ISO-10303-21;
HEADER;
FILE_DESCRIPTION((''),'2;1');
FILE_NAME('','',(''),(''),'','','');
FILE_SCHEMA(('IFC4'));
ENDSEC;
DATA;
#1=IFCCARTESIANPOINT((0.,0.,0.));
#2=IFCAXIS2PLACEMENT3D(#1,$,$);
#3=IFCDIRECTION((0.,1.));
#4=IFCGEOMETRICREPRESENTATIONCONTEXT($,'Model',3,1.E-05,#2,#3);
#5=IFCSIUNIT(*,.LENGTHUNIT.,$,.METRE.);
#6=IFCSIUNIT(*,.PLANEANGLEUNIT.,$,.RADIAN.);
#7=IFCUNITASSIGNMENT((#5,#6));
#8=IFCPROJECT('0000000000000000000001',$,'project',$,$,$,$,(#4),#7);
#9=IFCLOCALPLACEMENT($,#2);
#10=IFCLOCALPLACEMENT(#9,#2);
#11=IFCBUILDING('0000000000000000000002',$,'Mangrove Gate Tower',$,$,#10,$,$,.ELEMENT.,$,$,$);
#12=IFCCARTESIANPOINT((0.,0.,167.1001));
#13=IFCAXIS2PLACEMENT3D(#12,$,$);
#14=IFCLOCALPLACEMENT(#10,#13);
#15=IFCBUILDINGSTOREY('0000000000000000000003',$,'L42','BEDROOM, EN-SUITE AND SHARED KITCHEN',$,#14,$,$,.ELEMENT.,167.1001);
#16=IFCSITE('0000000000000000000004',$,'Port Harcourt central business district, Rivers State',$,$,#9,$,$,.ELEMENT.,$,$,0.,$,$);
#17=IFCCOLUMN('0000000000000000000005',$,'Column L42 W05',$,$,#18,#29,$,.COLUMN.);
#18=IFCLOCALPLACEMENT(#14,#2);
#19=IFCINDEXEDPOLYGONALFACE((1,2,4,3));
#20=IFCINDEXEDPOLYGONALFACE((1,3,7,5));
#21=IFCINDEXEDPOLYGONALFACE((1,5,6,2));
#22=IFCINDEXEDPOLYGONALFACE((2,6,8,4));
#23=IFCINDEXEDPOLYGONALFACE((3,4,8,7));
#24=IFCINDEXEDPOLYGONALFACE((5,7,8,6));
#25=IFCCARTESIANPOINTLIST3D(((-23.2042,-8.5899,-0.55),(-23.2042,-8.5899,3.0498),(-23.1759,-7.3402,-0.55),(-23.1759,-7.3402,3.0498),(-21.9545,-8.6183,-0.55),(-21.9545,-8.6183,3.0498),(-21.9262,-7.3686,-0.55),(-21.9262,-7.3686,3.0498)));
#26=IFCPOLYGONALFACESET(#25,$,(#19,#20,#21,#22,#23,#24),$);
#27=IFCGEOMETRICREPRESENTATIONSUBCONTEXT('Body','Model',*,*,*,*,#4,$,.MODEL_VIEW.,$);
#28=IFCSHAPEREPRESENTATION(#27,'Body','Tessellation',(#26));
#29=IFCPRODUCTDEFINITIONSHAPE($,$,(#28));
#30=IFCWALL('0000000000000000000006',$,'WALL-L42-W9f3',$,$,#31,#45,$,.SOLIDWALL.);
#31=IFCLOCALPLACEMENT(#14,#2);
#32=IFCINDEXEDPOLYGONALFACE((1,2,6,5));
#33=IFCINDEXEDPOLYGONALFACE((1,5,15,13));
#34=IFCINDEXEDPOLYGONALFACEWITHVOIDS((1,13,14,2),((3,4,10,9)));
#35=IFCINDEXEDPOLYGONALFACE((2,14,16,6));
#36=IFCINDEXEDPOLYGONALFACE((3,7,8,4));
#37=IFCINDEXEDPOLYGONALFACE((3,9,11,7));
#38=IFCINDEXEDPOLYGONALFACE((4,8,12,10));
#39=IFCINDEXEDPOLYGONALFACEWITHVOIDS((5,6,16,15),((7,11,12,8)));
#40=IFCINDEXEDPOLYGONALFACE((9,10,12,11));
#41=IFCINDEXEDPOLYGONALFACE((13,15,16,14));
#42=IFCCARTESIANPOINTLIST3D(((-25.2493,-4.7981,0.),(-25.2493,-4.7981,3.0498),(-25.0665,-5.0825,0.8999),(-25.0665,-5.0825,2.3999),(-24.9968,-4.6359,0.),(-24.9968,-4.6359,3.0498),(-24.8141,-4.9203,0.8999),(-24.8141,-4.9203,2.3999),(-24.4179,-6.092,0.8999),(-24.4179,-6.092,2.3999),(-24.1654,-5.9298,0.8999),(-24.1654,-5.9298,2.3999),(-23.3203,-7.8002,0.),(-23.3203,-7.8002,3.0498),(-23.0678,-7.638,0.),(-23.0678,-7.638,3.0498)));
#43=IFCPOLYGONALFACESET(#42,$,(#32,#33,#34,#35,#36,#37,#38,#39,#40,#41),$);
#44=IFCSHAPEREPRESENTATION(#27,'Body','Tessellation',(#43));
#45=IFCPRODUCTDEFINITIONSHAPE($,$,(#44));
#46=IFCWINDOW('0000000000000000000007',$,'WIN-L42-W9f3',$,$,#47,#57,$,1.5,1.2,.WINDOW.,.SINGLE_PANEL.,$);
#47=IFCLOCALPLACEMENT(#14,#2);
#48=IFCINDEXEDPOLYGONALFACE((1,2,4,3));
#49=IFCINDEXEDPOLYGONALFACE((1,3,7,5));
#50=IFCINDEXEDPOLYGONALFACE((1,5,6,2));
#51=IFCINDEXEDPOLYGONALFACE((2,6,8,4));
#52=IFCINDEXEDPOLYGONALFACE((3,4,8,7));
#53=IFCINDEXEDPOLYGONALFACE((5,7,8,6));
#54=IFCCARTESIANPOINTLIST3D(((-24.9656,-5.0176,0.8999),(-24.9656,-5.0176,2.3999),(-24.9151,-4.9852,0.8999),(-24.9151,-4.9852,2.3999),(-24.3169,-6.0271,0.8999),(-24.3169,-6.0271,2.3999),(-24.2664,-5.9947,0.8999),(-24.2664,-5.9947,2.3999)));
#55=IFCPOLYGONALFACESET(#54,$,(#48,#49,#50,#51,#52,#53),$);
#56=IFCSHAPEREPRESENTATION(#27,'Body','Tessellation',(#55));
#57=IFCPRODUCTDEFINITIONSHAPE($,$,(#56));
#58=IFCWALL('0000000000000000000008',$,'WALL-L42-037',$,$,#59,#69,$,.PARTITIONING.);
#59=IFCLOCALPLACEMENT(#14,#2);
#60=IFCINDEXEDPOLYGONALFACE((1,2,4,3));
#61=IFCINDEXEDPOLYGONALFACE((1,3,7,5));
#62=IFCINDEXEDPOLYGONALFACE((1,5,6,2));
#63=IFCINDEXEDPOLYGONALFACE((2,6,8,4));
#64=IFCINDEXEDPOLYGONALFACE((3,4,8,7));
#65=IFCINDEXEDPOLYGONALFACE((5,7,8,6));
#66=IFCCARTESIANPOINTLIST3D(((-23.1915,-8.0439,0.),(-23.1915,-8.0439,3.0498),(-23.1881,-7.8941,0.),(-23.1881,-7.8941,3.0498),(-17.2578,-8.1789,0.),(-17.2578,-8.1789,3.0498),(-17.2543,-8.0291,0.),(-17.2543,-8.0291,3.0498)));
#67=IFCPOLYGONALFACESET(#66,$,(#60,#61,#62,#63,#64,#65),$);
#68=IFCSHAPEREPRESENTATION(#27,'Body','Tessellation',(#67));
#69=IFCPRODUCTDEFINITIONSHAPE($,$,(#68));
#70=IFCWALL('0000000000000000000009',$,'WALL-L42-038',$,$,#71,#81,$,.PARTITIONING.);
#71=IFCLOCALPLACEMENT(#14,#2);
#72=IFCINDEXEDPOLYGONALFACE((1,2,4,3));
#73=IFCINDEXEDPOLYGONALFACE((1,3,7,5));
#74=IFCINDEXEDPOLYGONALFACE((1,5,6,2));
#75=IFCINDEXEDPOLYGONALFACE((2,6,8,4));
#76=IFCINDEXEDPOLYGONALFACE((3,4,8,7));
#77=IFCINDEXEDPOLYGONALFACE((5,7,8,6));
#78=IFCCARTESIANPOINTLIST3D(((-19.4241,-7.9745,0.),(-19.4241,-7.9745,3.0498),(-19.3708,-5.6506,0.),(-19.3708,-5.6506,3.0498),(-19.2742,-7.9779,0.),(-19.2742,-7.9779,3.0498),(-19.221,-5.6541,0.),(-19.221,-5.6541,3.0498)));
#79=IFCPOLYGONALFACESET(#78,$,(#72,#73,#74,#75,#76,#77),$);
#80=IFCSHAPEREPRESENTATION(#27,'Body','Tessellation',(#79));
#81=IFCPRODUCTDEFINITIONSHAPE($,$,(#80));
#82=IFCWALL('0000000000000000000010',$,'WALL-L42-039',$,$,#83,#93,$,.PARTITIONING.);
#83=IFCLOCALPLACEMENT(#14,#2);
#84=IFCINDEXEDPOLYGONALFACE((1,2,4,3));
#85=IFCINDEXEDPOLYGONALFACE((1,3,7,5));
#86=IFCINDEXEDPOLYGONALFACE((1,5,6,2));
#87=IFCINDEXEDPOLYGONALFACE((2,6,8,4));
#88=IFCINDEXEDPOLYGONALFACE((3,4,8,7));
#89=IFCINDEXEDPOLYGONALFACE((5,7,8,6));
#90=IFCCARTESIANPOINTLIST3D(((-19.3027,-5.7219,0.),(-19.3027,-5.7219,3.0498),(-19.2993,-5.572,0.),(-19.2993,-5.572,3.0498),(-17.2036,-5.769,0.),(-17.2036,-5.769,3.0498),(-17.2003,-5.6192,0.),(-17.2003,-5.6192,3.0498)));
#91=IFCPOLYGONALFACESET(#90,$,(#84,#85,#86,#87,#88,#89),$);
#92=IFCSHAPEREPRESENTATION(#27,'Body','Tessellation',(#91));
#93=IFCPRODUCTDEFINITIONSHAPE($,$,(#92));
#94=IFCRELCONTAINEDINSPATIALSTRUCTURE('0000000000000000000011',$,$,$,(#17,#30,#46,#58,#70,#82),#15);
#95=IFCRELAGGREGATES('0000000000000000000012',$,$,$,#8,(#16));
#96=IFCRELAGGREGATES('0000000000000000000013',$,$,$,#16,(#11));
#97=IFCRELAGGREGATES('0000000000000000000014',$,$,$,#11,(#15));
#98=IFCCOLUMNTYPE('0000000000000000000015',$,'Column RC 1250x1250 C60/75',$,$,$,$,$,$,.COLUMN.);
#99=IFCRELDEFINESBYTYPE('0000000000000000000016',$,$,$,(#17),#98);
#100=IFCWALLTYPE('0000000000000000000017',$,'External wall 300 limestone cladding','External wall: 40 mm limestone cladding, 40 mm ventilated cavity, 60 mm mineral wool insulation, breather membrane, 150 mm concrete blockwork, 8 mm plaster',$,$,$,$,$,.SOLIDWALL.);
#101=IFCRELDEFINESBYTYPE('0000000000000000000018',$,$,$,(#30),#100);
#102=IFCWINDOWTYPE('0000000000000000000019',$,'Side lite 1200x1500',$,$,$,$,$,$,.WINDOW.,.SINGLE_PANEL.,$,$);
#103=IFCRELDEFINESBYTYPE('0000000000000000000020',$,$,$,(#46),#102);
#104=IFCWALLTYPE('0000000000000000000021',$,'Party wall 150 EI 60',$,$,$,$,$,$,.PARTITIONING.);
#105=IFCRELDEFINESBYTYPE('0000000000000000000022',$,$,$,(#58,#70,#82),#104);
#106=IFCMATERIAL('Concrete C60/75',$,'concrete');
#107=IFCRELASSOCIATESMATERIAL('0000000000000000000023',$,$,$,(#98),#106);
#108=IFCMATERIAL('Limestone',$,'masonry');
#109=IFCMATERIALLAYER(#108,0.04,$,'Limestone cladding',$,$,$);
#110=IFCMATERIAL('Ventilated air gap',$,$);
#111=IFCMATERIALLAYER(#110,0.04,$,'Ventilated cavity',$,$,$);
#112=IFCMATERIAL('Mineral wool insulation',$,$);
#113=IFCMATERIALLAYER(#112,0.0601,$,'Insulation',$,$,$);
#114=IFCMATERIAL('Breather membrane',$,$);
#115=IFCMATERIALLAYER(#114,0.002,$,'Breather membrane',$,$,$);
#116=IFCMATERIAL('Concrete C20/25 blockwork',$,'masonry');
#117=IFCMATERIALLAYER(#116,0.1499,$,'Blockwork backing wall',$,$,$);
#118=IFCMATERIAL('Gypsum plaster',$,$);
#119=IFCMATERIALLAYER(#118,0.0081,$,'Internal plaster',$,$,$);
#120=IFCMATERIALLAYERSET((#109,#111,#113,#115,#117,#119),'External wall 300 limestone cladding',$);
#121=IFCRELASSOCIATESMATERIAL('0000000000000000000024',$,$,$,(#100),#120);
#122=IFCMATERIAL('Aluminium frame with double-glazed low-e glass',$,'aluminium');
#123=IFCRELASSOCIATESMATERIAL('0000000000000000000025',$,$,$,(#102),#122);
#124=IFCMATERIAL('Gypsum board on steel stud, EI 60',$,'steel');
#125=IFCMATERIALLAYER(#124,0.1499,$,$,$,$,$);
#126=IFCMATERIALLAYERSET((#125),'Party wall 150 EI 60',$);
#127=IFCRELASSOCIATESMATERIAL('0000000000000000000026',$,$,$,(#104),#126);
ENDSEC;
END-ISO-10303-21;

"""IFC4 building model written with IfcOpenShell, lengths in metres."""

from ifc_helpers import new_model, si_unit, direction, frame, frame_2d, origin, origin_2d, place, context, subcontext, project, spatial, rectangle, extrude, material, layer, layer_set, material_profile, profile_set, type_object, element, fill, save


model = new_model("IFC4")

# Units and contexts
model_context = context("Model", 3, precision=1e-05, world=origin(), true_north=direction((0.0, 1.0)))
body_context = subcontext(model_context, "Body", "Model", "MODEL_VIEW")
ifc_project = project(units=[si_unit("LENGTHUNIT", "METRE"), si_unit("PLANEANGLEUNIT", "RADIAN")], contexts=[model_context])

# Site, building, storey
site_placement = place(None, origin())
site = spatial("IfcSite", under=ifc_project, at=site_placement, Name="Port Harcourt central business district, Rivers State", CompositionType="ELEMENT", RefElevation=0.0)
building_placement = place(site_placement, origin())
building = spatial("IfcBuilding", under=site, at=building_placement, Name="Mangrove Gate Tower", CompositionType="ELEMENT")
storey_placement = place(building_placement, frame((0.0, 0.0, 167.1001)))
storey = spatial("IfcBuildingStorey", under=building, at=storey_placement, Name="L42", Description="BEDROOM, EN-SUITE AND SHARED KITCHEN", CompositionType="ELEMENT", Elevation=167.1001)

# Column
ifc_material_1 = material(Name="Concrete C60/75", Category="concrete")
ifc_material_profile = material_profile(ifc_material_1, rectangle(XDim=1.25, YDim=1.25, at=origin_2d()))
ifc_profile_set = profile_set([ifc_material_profile], Name="Concrete C60/75")
column_type = type_object("IfcColumnType", Name="Column RC 1250x1250 C60/75", PredefinedType="COLUMN", material=ifc_profile_set)
column_placement = place(storey_placement, frame((-22.5652, -7.9792, -0.55), z_axis=(0.0, 0.0, 1.0), x_axis=(-0.022668, -0.999743, 0.0)))
element("IfcColumn", 1, at=column_placement, inside=storey, type_object=column_type, Name="Column L42 W05", PredefinedType="COLUMN", context=body_context, shape_type="SweptSolid", body=[
    extrude(rectangle(XDim=1.25, YDim=1.25, at=origin_2d()), origin(), (0.0, 0.0, 1.0), 3.5999),
])

# Wall, opening, window
ifc_material_2 = material(Name="Limestone", Category="masonry")
ifc_layer_1 = layer(ifc_material_2, 0.04, Name="Limestone cladding")
ifc_material_3 = material(Name="Ventilated air gap")
ifc_layer_2 = layer(ifc_material_3, 0.04, Name="Ventilated cavity")
ifc_material_4 = material(Name="Mineral wool insulation")
ifc_layer_3 = layer(ifc_material_4, 0.0601, Name="Insulation")
ifc_material_5 = material(Name="Breather membrane")
ifc_layer_4 = layer(ifc_material_5, 0.002, Name="Breather membrane")
ifc_material_6 = material(Name="Concrete C20/25 blockwork", Category="masonry")
ifc_layer_5 = layer(ifc_material_6, 0.1499, Name="Blockwork backing wall")
ifc_material_7 = material(Name="Gypsum plaster")
ifc_layer_6 = layer(ifc_material_7, 0.0081, Name="Internal plaster")
ifc_layer_set_1 = layer_set([ifc_layer_1, ifc_layer_2, ifc_layer_3, ifc_layer_4, ifc_layer_5, ifc_layer_6], Name="External wall 300 limestone cladding")
wall_type_1 = type_object("IfcWallType", Name="External wall 300 limestone cladding", Description="External wall: 40 mm limestone cladding, 40 mm ventilated cavity, 60 mm mineral wool insulation, breather membrane, 150 mm concrete blockwork, 8 mm plaster", PredefinedType="SOLIDWALL", material=ifc_layer_set_1)
wall_1_placement = place(storey_placement, frame((-25.123, -4.717, 0.0), z_axis=(0.0, 0.0, 1.0), x_axis=(0.540585, -0.84129, 0.0)))
wall_1 = element("IfcWall", 2, at=wall_1_placement, inside=storey, type_object=wall_type_1, Name="WALL-L42-W9f3", PredefinedType="SOLIDWALL", context=body_context, shape_type="SweptSolid", body=[
    extrude(rectangle(XDim=3.5684, YDim=0.3, at=frame_2d((1.7842, 0.0))), origin(), (0.0, 0.0, 1.0), 3.0498),
])
opening_1_placement = place(wall_1_placement, frame((0.3379, 0.0, 0.8999)))
opening_1 = element("IfcOpeningElement", 3, at=opening_1_placement, cuts=wall_1, PredefinedType="OPENING", context=body_context, shape_type="SweptSolid", body=[
    extrude(rectangle(XDim=1.2, YDim=1.5, at=frame_2d((0.6001, 0.75))), frame((0.0, 0.1599, 0.0), z_axis=(0.0, -1.0, 0.0), x_axis=(1.0, 0.0, 0.0)), (0.0, 0.0, 1.0), 0.3201),
])
ifc_material_8 = material(Name="Aluminium frame with double-glazed low-e glass", Category="aluminium")
window_type_1 = type_object("IfcWindowType", Name="Side lite 1200x1500", PartitioningType="SINGLE_PANEL", PredefinedType="WINDOW", material=ifc_material_8)
window_1_placement = place(opening_1_placement, origin())
window_1 = element("IfcWindow", 4, at=window_1_placement, inside=storey, type_object=window_type_1, Name="WIN-L42-W9f3", OverallHeight=1.5, OverallWidth=1.2, PartitioningType="SINGLE_PANEL", PredefinedType="WINDOW", context=body_context, shape_type="SweptSolid", body=[
    extrude(rectangle(XDim=1.2, YDim=1.5, at=frame_2d((0.6001, 0.75))), frame((0.0, 0.03, 0.0), z_axis=(0.0, -1.0, 0.0), x_axis=(1.0, 0.0, 0.0)), (0.0, 0.0, 1.0), 0.0601),
])
fill(opening_1, window_1)

# Walls
ifc_material_9 = material(Name="Gypsum board on steel stud, EI 60", Category="steel")
ifc_layer_7 = layer(ifc_material_9, 0.1499)
ifc_layer_set_2 = layer_set([ifc_layer_7], Name="Party wall 150 EI 60")
wall_type_2 = type_object("IfcWallType", Name="Party wall 150 EI 60", PredefinedType="PARTITIONING", material=ifc_layer_set_2)
wall_2_placement = place(storey_placement, frame((-23.1899, -7.969, 0.0), z_axis=(0.0, 0.0, 1.0), x_axis=(0.999741, -0.022747, 0.0)))
element("IfcWall", 5, at=wall_2_placement, inside=storey, type_object=wall_type_2, Name="WALL-L42-037", PredefinedType="PARTITIONING", context=body_context, shape_type="SweptSolid", body=[
    extrude(rectangle(XDim=5.9353, YDim=0.1499, at=frame_2d((2.9678, 0.0))), origin(), (0.0, 0.0, 1.0), 3.0498),
])
wall_3_placement = place(storey_placement, frame((-19.3491, -7.9761, 0.0), z_axis=(0.0, 0.0, 1.0), x_axis=(0.022896, 0.999738, 0.0)))
element("IfcWall", 6, at=wall_3_placement, inside=storey, type_object=wall_type_2, Name="WALL-L42-038", PredefinedType="PARTITIONING", context=body_context, shape_type="SweptSolid", body=[
    extrude(rectangle(XDim=2.3245, YDim=0.1499, at=frame_2d((1.1621, 0.0))), origin(), (0.0, 0.0, 1.0), 3.0498),
])
wall_4_placement = place(storey_placement, frame((-19.301, -5.647, 0.0), z_axis=(0.0, 0.0, 1.0), x_axis=(0.999748, -0.022441, 0.0)))
element("IfcWall", 7, at=wall_4_placement, inside=storey, type_object=wall_type_2, Name="WALL-L42-039", PredefinedType="PARTITIONING", context=body_context, shape_type="SweptSolid", body=[
    extrude(rectangle(XDim=2.0996, YDim=0.1499, at=frame_2d((1.0498, 0.0))), origin(), (0.0, 0.0, 1.0), 3.0498),
])

save(model, "model.ifc")
